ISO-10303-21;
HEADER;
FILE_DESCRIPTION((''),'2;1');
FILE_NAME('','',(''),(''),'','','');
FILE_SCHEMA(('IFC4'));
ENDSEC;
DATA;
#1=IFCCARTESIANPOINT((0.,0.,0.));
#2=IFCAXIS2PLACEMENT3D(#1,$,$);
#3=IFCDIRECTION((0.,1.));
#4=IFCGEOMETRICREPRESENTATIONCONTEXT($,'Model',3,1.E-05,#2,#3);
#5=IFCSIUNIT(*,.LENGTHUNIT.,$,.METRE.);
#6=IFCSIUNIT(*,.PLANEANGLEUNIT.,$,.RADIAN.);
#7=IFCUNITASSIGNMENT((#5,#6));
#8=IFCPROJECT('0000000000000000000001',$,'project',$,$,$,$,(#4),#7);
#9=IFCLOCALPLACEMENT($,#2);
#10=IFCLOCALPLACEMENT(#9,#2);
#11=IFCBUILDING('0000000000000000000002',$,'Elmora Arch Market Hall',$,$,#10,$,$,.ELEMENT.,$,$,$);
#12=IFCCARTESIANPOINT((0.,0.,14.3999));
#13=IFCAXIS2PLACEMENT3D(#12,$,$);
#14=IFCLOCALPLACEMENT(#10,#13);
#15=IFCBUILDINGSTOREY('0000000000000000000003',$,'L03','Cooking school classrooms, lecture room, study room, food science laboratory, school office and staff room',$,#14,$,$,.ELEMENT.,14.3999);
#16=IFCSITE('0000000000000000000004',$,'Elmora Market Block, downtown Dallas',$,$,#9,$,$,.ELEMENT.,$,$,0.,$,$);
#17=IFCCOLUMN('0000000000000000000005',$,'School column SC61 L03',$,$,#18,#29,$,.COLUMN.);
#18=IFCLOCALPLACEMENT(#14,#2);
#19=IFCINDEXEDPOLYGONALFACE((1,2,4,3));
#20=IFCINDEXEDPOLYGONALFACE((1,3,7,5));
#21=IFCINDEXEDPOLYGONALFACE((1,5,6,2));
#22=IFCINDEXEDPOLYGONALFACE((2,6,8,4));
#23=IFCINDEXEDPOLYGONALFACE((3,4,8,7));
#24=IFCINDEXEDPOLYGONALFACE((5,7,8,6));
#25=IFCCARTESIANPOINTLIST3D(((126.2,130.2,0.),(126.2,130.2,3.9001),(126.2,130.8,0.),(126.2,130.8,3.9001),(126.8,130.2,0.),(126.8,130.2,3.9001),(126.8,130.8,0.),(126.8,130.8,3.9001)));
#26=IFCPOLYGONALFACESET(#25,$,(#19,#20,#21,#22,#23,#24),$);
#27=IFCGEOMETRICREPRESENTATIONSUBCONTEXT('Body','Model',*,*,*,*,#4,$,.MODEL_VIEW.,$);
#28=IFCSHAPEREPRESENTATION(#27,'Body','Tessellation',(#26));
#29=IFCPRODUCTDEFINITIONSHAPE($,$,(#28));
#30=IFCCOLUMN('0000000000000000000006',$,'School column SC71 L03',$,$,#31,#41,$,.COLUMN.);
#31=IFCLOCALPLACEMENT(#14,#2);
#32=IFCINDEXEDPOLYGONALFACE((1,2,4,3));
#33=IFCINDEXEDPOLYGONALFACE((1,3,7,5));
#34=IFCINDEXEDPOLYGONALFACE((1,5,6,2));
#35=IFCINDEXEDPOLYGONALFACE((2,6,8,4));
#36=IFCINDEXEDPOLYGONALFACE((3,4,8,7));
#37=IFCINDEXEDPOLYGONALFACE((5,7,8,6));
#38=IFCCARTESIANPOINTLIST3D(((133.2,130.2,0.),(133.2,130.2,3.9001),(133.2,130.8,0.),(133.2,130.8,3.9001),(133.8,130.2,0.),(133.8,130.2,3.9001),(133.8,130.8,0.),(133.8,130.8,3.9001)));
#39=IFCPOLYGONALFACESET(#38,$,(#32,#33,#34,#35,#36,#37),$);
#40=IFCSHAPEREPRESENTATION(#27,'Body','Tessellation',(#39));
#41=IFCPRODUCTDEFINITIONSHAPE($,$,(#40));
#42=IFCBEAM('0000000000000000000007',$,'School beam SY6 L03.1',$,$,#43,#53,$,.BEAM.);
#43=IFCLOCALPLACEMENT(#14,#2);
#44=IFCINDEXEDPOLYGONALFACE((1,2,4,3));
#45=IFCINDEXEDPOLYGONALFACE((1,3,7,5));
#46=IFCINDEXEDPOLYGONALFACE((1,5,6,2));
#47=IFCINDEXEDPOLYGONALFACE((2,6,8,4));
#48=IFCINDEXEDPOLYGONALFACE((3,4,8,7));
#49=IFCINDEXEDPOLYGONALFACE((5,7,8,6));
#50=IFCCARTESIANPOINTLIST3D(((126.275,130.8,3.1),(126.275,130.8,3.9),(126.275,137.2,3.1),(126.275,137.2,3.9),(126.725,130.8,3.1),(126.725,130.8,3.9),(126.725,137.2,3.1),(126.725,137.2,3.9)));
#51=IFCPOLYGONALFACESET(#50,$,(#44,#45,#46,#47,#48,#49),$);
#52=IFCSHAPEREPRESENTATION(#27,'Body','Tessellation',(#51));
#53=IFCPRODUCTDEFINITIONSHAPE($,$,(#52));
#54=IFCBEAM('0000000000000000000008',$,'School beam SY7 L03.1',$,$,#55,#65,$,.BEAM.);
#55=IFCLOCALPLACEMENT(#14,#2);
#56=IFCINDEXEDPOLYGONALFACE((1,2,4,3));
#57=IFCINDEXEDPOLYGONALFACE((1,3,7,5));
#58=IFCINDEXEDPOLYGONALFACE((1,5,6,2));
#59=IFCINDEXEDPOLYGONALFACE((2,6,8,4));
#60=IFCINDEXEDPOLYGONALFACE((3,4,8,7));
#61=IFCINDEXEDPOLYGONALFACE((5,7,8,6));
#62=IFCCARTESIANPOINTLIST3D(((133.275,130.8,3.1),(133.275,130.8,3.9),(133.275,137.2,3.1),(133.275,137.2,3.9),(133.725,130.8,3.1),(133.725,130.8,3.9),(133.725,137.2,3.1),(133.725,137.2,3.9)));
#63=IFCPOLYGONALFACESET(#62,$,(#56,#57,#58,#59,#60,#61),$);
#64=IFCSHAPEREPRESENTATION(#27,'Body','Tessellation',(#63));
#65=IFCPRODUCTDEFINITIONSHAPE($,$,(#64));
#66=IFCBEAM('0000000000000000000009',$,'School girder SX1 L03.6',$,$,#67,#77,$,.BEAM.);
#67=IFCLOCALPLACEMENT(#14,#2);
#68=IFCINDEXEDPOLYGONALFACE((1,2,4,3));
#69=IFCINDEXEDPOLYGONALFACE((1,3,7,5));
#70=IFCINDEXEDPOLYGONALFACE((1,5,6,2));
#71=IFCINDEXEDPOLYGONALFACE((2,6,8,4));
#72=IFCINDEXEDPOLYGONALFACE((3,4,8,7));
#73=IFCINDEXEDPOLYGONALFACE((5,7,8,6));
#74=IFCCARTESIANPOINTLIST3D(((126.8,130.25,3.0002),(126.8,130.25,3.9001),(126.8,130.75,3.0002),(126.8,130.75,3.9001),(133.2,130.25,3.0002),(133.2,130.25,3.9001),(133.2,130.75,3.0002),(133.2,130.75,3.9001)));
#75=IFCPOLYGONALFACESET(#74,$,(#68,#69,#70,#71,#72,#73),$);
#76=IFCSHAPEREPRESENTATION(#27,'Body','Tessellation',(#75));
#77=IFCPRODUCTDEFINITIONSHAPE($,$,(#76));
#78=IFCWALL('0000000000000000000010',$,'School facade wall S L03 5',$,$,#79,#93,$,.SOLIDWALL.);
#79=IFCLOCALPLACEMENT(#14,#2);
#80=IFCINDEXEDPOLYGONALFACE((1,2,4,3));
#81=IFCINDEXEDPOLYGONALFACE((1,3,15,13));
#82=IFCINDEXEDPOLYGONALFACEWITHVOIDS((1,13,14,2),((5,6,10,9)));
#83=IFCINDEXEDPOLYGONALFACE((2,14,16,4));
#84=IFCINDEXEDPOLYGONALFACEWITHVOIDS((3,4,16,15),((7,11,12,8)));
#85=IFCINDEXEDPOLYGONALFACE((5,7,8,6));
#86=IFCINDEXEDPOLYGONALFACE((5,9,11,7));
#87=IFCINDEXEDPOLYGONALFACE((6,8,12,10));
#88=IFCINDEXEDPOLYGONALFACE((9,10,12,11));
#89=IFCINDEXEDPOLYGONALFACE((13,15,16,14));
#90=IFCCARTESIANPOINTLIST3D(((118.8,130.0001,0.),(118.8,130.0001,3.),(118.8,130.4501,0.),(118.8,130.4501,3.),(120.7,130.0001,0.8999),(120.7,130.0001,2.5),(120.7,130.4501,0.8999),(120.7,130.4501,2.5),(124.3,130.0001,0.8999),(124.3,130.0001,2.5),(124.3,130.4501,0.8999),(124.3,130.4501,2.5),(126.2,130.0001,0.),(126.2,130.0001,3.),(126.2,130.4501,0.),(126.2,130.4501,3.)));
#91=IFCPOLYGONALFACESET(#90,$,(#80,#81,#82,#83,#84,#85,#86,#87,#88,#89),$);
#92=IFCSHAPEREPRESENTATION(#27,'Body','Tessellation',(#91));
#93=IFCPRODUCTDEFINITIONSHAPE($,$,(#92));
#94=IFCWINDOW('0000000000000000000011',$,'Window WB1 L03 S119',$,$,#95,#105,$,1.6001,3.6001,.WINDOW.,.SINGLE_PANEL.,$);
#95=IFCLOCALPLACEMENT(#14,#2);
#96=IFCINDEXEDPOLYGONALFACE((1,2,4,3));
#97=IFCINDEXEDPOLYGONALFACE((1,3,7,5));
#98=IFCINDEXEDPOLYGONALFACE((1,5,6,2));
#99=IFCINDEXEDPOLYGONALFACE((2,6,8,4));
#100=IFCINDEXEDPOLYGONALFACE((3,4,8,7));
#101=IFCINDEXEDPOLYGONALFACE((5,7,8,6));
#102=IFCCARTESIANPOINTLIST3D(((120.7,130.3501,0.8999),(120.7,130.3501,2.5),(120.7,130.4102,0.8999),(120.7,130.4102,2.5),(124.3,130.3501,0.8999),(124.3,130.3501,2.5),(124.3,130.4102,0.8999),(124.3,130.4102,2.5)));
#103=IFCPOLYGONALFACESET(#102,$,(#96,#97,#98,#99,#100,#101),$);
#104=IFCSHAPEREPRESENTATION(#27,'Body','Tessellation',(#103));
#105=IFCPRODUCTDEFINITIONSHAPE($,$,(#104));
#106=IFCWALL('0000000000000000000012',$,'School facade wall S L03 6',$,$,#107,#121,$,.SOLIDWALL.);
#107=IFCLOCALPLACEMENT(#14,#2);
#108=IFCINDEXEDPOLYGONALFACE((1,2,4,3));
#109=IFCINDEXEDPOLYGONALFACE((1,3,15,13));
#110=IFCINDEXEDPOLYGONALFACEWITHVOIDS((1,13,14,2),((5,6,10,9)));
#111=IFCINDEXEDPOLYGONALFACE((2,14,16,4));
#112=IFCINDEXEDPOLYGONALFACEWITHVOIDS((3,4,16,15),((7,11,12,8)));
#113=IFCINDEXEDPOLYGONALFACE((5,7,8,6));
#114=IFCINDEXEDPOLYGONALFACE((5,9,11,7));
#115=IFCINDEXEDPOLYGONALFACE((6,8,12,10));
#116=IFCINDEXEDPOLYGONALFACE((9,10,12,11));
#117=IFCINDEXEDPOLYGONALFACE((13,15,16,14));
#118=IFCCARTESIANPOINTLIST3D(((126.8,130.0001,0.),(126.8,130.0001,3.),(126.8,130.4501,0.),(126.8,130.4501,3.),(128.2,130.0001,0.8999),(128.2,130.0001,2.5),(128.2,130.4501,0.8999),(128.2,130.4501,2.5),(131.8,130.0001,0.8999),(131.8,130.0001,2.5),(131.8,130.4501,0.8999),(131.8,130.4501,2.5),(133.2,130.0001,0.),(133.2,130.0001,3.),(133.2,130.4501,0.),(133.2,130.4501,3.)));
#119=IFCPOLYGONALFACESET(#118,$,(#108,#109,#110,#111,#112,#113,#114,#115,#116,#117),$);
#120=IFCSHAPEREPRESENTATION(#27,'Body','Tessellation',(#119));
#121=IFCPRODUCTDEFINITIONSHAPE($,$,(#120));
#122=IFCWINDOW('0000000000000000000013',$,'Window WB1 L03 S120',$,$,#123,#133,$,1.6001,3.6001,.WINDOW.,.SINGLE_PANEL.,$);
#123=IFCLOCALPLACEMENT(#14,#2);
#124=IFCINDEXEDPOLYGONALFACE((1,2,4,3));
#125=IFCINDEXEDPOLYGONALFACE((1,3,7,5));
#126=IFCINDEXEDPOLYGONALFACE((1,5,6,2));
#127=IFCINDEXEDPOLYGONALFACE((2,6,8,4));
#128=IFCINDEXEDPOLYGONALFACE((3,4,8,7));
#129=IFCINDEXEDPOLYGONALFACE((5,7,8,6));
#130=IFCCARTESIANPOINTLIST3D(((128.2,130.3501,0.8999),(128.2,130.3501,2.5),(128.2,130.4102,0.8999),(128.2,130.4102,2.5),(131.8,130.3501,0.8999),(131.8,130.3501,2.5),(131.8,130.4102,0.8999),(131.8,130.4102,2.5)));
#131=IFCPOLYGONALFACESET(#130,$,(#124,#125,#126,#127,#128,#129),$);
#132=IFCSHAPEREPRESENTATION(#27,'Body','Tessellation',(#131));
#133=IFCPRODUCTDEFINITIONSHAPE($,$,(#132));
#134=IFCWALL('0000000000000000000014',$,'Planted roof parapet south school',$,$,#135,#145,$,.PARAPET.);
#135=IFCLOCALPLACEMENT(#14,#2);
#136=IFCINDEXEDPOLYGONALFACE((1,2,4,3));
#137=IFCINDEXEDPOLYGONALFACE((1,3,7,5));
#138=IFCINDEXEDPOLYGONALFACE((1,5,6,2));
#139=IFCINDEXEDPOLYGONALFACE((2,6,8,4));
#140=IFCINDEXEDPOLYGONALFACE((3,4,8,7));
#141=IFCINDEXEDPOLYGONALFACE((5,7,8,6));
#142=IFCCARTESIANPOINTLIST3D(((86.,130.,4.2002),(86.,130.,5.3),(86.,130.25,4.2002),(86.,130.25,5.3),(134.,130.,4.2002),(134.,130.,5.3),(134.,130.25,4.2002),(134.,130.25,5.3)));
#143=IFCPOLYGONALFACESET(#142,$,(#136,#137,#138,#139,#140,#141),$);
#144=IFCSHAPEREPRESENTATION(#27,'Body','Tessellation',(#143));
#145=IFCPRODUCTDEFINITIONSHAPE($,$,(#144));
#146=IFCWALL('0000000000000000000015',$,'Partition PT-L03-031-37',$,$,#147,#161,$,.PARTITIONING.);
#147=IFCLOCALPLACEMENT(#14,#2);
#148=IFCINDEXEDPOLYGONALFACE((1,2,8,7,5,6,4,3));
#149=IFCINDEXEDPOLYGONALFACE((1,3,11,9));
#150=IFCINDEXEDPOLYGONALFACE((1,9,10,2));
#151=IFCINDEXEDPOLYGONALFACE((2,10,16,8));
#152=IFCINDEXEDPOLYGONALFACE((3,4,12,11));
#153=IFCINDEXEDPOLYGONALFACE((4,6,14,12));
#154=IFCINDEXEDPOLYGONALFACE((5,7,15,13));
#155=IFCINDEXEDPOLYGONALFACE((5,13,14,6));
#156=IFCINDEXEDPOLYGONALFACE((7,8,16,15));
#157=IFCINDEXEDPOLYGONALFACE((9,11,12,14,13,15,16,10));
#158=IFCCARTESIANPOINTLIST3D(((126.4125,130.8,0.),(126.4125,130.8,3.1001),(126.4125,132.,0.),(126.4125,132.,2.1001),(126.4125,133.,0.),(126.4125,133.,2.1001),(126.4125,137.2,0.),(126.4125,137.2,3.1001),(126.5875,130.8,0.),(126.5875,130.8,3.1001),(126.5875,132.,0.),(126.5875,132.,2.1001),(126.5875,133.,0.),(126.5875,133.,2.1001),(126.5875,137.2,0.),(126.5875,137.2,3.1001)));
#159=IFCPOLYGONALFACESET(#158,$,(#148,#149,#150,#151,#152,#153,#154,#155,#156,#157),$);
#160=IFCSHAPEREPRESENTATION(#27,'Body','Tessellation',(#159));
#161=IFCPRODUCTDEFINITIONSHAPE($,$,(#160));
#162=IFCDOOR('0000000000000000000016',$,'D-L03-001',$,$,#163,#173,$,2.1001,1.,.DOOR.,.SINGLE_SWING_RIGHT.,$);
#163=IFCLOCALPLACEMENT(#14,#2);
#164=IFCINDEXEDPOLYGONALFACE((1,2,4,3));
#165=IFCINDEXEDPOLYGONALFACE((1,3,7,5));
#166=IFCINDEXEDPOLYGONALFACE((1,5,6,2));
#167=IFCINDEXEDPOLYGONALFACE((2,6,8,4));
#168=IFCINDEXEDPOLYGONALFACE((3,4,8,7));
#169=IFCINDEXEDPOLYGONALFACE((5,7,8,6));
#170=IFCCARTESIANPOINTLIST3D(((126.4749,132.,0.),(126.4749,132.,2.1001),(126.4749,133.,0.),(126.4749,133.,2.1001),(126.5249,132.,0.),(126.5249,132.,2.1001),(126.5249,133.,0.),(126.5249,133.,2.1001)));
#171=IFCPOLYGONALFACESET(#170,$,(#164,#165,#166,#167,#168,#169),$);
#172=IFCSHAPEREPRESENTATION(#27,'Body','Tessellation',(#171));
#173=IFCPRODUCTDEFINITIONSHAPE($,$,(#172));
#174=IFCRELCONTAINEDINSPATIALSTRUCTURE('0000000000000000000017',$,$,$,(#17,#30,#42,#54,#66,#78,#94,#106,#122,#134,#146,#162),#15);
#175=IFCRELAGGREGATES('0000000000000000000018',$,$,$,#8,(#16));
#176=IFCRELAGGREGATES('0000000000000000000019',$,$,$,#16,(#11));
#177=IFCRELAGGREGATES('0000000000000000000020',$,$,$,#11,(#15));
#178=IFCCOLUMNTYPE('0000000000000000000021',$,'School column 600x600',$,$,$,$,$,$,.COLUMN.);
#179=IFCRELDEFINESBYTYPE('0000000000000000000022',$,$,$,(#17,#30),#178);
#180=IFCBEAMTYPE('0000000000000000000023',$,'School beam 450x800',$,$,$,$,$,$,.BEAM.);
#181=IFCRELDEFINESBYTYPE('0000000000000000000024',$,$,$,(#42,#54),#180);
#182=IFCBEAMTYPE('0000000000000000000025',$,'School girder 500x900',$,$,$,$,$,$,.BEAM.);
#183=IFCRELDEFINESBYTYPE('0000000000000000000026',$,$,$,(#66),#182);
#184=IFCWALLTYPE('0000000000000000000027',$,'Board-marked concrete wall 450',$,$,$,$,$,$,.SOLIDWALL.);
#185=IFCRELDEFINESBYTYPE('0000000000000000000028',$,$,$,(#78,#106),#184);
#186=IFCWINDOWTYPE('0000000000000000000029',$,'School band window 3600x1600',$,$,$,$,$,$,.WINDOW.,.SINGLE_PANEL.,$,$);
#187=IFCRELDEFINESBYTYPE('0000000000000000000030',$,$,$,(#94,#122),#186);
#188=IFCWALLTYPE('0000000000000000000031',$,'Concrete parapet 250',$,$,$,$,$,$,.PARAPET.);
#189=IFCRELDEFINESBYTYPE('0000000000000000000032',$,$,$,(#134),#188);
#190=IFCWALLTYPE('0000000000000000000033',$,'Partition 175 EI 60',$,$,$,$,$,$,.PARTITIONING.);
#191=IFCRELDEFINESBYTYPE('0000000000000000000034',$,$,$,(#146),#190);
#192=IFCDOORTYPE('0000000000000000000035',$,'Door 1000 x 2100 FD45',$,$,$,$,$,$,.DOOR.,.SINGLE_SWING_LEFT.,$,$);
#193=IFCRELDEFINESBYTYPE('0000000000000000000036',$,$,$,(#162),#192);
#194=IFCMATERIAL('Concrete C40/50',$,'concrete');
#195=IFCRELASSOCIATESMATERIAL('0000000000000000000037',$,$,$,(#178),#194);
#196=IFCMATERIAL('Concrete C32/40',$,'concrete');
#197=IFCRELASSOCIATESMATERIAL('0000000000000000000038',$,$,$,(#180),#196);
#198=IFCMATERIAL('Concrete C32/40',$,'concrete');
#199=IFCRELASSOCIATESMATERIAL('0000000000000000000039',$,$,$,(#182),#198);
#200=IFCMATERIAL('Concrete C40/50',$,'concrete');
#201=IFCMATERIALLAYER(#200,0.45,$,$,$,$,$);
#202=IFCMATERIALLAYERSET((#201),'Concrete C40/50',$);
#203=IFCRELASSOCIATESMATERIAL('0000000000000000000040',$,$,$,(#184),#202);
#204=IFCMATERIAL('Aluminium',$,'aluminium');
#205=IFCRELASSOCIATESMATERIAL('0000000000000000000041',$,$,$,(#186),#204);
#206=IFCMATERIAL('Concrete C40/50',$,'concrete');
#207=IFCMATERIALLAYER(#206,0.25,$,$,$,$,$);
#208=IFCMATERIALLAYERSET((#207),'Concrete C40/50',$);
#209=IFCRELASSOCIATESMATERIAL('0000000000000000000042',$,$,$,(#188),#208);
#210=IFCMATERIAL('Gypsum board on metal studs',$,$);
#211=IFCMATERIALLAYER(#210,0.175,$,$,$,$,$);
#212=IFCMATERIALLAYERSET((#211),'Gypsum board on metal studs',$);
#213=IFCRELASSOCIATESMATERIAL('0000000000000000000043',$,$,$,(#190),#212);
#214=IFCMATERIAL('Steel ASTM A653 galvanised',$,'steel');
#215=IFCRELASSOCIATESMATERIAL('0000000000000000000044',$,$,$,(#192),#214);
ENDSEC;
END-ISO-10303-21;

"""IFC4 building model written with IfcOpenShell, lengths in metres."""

from ifc_helpers import new_model, si_unit, direction, frame, frame_2d, origin, origin_2d, place, context, subcontext, project, spatial, rectangle, extrude, material, layer, layer_set, material_profile, profile_set, type_object, element, fill, save


model = new_model("IFC4")

# Units and contexts
model_context = context("Model", 3, precision=1e-05, world=origin(), true_north=direction((0.0, 1.0)))
body_context = subcontext(model_context, "Body", "Model", "MODEL_VIEW")
ifc_project = project(units=[si_unit("LENGTHUNIT", "METRE"), si_unit("PLANEANGLEUNIT", "RADIAN")], contexts=[model_context])

# Site, building, storey
site_placement = place(None, origin())
site = spatial("IfcSite", under=ifc_project, at=site_placement, Name="Elmora Market Block, downtown Dallas", CompositionType="ELEMENT", RefElevation=0.0)
building_placement = place(site_placement, origin())
building = spatial("IfcBuilding", under=site, at=building_placement, Name="Elmora Arch Market Hall", CompositionType="ELEMENT")
storey_placement = place(building_placement, frame((0.0, 0.0, 14.3999)))
storey = spatial("IfcBuildingStorey", under=building, at=storey_placement, Name="L03", Description="Cooking school classrooms, lecture room, study room, food science laboratory, school office and staff room", CompositionType="ELEMENT", Elevation=14.3999)

# Columns
ifc_material_1 = material(Name="Concrete C40/50", Category="concrete")
ifc_material_profile_1 = material_profile(ifc_material_1, rectangle(XDim=0.6001, YDim=0.6001, at=origin_2d()), Name="School column 600x600")
ifc_profile_set_1 = profile_set([ifc_material_profile_1], Name="Concrete C40/50")
column_type = type_object("IfcColumnType", Name="School column 600x600", PredefinedType="COLUMN", material=ifc_profile_set_1)
for number, where, z_axis, x_axis, name in (
    (1, (126.5, 130.5, 0.0), (0.0, 0.0, 1.0), (1.0, 0.0, 0.0), "School column SC61 L03"),
    (2, (133.5, 130.5, 0.0), (0.0, 0.0, 1.0), (1.0, 0.0, 0.0), "School column SC71 L03"),
):
    element("IfcColumn", number, at=place(storey_placement, frame(where, z_axis=z_axis, x_axis=x_axis)), inside=storey, type_object=column_type, Name=name, PredefinedType="COLUMN", context=body_context, shape_type="SweptSolid", body=[
        extrude(rectangle(XDim=0.6001, YDim=0.6001, at=origin_2d()), origin(), (0.0, 0.0, 1.0), 3.9001),
    ])

# Beams
ifc_material_2 = material(Name="Concrete C32/40", Category="concrete")
ifc_material_profile_2 = material_profile(ifc_material_2, rectangle(XDim=0.45, YDim=0.8, at=origin_2d()), Name="School beam 450x800")
ifc_profile_set_2 = profile_set([ifc_material_profile_2], Name="Concrete C32/40")
beam_type_1 = type_object("IfcBeamType", Name="School beam 450x800", PredefinedType="BEAM", material=ifc_profile_set_2)
for number, where, z_axis, x_axis, name in (
    (3, (126.5, 130.8, 3.5), (0.0, 1.0, 0.0), (-1.0, 0.0, 0.0), "School beam SY6 L03.1"),
    (4, (133.5, 130.8, 3.5), (0.0, 1.0, 0.0), (-1.0, 0.0, 0.0), "School beam SY7 L03.1"),
):
    element("IfcBeam", number, at=place(storey_placement, frame(where, z_axis=z_axis, x_axis=x_axis)), inside=storey, type_object=beam_type_1, Name=name, PredefinedType="BEAM", context=body_context, shape_type="SweptSolid", body=[
        extrude(rectangle(XDim=0.45, YDim=0.8, at=origin_2d()), origin(), (0.0, 0.0, 1.0), 6.3999),
    ])
ifc_material_3 = material(Name="Concrete C32/40", Category="concrete")
ifc_material_profile_3 = material_profile(ifc_material_3, rectangle(XDim=0.5, YDim=0.8999, at=origin_2d()), Name="School girder 500x900")
ifc_profile_set_3 = profile_set([ifc_material_profile_3], Name="Concrete C32/40")
beam_type_2 = type_object("IfcBeamType", Name="School girder 500x900", PredefinedType="BEAM", material=ifc_profile_set_3)
beam_placement = place(storey_placement, frame((126.8, 130.5, 3.4502), z_axis=(1.0, 0.0, 0.0), x_axis=(0.0, 1.0, 0.0)))
element("IfcBeam", 5, at=beam_placement, inside=storey, type_object=beam_type_2, Name="School girder SX1 L03.6", PredefinedType="BEAM", context=body_context, shape_type="SweptSolid", body=[
    extrude(rectangle(XDim=0.5, YDim=0.8999, at=origin_2d()), origin(), (0.0, 0.0, 1.0), 6.3999),
])

# Walls, openings, windows
ifc_material_4 = material(Name="Concrete C40/50", Category="concrete")
ifc_layer_1 = layer(ifc_material_4, 0.45)
ifc_layer_set_1 = layer_set([ifc_layer_1], Name="Concrete C40/50")
wall_type_1 = type_object("IfcWallType", Name="Board-marked concrete wall 450", PredefinedType="SOLIDWALL", material=ifc_layer_set_1)
wall_1_placement = place(storey_placement, frame((126.2, 130.2251, 0.0), z_axis=(0.0, 0.0, 1.0), x_axis=(-1.0, 0.0, 0.0)))
wall_1 = element("IfcWall", 6, at=wall_1_placement, inside=storey, type_object=wall_type_1, Name="School facade wall S L03 5", PredefinedType="SOLIDWALL", context=body_context, shape_type="SweptSolid", body=[
    extrude(rectangle(XDim=7.3999, YDim=0.45, at=frame_2d((3.7, 0.0))), origin(), (0.0, 0.0, 1.0), 3.0),
])
opening_1_placement = place(wall_1_placement, frame((1.8999, 0.0, 0.8999)))
opening_1 = element("IfcOpeningElement", 7, at=opening_1_placement, cuts=wall_1, PredefinedType="OPENING", context=body_context, shape_type="SweptSolid", body=[
    extrude(rectangle(XDim=3.6001, YDim=1.6001, at=frame_2d((1.8, 0.8))), frame((0.0, 0.2349, 0.0), z_axis=(0.0, -1.0, 0.0), x_axis=(1.0, 0.0, 0.0)), (0.0, 0.0, 1.0), 0.47),
])
ifc_material_5 = material(Name="Aluminium", Category="aluminium")
window_type = type_object("IfcWindowType", Name="School band window 3600x1600", PartitioningType="SINGLE_PANEL", PredefinedType="WINDOW", material=ifc_material_5)
window_1_placement = place(opening_1_placement, origin())
window_1 = element("IfcWindow", 8, at=window_1_placement, inside=storey, type_object=window_type, Name="Window WB1 L03 S119", OverallHeight=1.6001, OverallWidth=3.6001, PartitioningType="SINGLE_PANEL", PredefinedType="WINDOW", context=body_context, shape_type="SweptSolid", body=[
    extrude(rectangle(XDim=3.6001, YDim=1.6001, at=frame_2d((1.8, 0.8))), frame((0.0, -0.125, 0.0), z_axis=(0.0, -1.0, 0.0), x_axis=(1.0, 0.0, 0.0)), (0.0, 0.0, 1.0), 0.0601),
])
fill(opening_1, window_1)
wall_2_placement = place(storey_placement, frame((133.2, 130.2251, 0.0), z_axis=(0.0, 0.0, 1.0), x_axis=(-1.0, 0.0, 0.0)))
wall_2 = element("IfcWall", 9, at=wall_2_placement, inside=storey, type_object=wall_type_1, Name="School facade wall S L03 6", PredefinedType="SOLIDWALL", context=body_context, shape_type="SweptSolid", body=[
    extrude(rectangle(XDim=6.3999, YDim=0.45, at=frame_2d((3.2, 0.0))), origin(), (0.0, 0.0, 1.0), 3.0),
])
opening_2_placement = place(wall_2_placement, frame((1.3999, 0.0, 0.8999)))
opening_2 = element("IfcOpeningElement", 10, at=opening_2_placement, cuts=wall_2, PredefinedType="OPENING", context=body_context, shape_type="SweptSolid", body=[
    extrude(rectangle(XDim=3.6001, YDim=1.6001, at=frame_2d((1.8, 0.8))), frame((0.0, 0.2349, 0.0), z_axis=(0.0, -1.0, 0.0), x_axis=(1.0, 0.0, 0.0)), (0.0, 0.0, 1.0), 0.47),
])
window_2_placement = place(opening_2_placement, origin())
window_2 = element("IfcWindow", 11, at=window_2_placement, inside=storey, type_object=window_type, Name="Window WB1 L03 S120", OverallHeight=1.6001, OverallWidth=3.6001, PartitioningType="SINGLE_PANEL", PredefinedType="WINDOW", context=body_context, shape_type="SweptSolid", body=[
    extrude(rectangle(XDim=3.6001, YDim=1.6001, at=frame_2d((1.8, 0.8))), frame((0.0, -0.125, 0.0), z_axis=(0.0, -1.0, 0.0), x_axis=(1.0, 0.0, 0.0)), (0.0, 0.0, 1.0), 0.0601),
])
fill(opening_2, window_2)

# Wall
ifc_material_6 = material(Name="Concrete C40/50", Category="concrete")
ifc_layer_2 = layer(ifc_material_6, 0.25)
ifc_layer_set_2 = layer_set([ifc_layer_2], Name="Concrete C40/50")
wall_type_2 = type_object("IfcWallType", Name="Concrete parapet 250", PredefinedType="PARAPET", material=ifc_layer_set_2)
wall_3_placement = place(storey_placement, frame((134.0, 130.125, 4.2002), z_axis=(0.0, 0.0, 1.0), x_axis=(-1.0, 0.0, 0.0)))
element("IfcWall", 12, at=wall_3_placement, inside=storey, type_object=wall_type_2, Name="Planted roof parapet south school", PredefinedType="PARAPET", context=body_context, shape_type="SweptSolid", body=[
    extrude(rectangle(XDim=48.0, YDim=0.25, at=frame_2d((24.0, 0.0))), origin(), (0.0, 0.0, 1.0), 1.0999),
])

# Wall, opening, door
ifc_material_7 = material(Name="Gypsum board on metal studs")
ifc_layer_3 = layer(ifc_material_7, 0.175)
ifc_layer_set_3 = layer_set([ifc_layer_3], Name="Gypsum board on metal studs")
wall_type_3 = type_object("IfcWallType", Name="Partition 175 EI 60", PredefinedType="PARTITIONING", material=ifc_layer_set_3)
wall_4_placement = place(storey_placement, frame((126.5, 130.8, 0.0), z_axis=(0.0, 0.0, 1.0), x_axis=(0.0, 1.0, 0.0)))
wall_4 = element("IfcWall", 13, at=wall_4_placement, inside=storey, type_object=wall_type_3, Name="Partition PT-L03-031-37", PredefinedType="PARTITIONING", context=body_context, shape_type="SweptSolid", body=[
    extrude(rectangle(XDim=6.3999, YDim=0.175, at=frame_2d((3.2, 0.0))), origin(), (0.0, 0.0, 1.0), 3.1001),
])
opening_3_placement = place(wall_4_placement, frame((1.2, 0.0, 0.0)))
opening_3 = element("IfcOpeningElement", 14, at=opening_3_placement, cuts=wall_4, PredefinedType="OPENING", context=body_context, shape_type="SweptSolid", body=[
    extrude(rectangle(XDim=1.0, YDim=2.1001, at=frame_2d((0.5, 1.05))), frame((0.0, 0.0974, 0.0), z_axis=(0.0, -1.0, 0.0), x_axis=(1.0, 0.0, 0.0)), (0.0, 0.0, 1.0), 0.1951),
])
ifc_material_8 = material(Name="Steel ASTM A653 galvanised", Category="steel")
door_type = type_object("IfcDoorType", Name="Door 1000 x 2100 FD45", OperationType="SINGLE_SWING_LEFT", PredefinedType="DOOR", material=ifc_material_8)
door_placement = place(opening_3_placement, frame((1.0, 0.0, 0.0), z_axis=(0.0, 0.0, 1.0), x_axis=(-1.0, 0.0, 0.0)))
door = element("IfcDoor", 15, at=door_placement, inside=storey, type_object=door_type, Name="D-L03-001", OperationType="SINGLE_SWING_RIGHT", OverallHeight=2.1001, OverallWidth=1.0, PredefinedType="DOOR", context=body_context, shape_type="SweptSolid", body=[
    extrude(rectangle(XDim=1.0, YDim=2.1001, at=frame_2d((0.5, 1.05))), frame((0.0, 0.0249, 0.0), z_axis=(0.0, -1.0, 0.0), x_axis=(1.0, 0.0, 0.0)), (0.0, 0.0, 1.0), 0.05),
])
fill(opening_3, door)

save(model, "model.ifc")
